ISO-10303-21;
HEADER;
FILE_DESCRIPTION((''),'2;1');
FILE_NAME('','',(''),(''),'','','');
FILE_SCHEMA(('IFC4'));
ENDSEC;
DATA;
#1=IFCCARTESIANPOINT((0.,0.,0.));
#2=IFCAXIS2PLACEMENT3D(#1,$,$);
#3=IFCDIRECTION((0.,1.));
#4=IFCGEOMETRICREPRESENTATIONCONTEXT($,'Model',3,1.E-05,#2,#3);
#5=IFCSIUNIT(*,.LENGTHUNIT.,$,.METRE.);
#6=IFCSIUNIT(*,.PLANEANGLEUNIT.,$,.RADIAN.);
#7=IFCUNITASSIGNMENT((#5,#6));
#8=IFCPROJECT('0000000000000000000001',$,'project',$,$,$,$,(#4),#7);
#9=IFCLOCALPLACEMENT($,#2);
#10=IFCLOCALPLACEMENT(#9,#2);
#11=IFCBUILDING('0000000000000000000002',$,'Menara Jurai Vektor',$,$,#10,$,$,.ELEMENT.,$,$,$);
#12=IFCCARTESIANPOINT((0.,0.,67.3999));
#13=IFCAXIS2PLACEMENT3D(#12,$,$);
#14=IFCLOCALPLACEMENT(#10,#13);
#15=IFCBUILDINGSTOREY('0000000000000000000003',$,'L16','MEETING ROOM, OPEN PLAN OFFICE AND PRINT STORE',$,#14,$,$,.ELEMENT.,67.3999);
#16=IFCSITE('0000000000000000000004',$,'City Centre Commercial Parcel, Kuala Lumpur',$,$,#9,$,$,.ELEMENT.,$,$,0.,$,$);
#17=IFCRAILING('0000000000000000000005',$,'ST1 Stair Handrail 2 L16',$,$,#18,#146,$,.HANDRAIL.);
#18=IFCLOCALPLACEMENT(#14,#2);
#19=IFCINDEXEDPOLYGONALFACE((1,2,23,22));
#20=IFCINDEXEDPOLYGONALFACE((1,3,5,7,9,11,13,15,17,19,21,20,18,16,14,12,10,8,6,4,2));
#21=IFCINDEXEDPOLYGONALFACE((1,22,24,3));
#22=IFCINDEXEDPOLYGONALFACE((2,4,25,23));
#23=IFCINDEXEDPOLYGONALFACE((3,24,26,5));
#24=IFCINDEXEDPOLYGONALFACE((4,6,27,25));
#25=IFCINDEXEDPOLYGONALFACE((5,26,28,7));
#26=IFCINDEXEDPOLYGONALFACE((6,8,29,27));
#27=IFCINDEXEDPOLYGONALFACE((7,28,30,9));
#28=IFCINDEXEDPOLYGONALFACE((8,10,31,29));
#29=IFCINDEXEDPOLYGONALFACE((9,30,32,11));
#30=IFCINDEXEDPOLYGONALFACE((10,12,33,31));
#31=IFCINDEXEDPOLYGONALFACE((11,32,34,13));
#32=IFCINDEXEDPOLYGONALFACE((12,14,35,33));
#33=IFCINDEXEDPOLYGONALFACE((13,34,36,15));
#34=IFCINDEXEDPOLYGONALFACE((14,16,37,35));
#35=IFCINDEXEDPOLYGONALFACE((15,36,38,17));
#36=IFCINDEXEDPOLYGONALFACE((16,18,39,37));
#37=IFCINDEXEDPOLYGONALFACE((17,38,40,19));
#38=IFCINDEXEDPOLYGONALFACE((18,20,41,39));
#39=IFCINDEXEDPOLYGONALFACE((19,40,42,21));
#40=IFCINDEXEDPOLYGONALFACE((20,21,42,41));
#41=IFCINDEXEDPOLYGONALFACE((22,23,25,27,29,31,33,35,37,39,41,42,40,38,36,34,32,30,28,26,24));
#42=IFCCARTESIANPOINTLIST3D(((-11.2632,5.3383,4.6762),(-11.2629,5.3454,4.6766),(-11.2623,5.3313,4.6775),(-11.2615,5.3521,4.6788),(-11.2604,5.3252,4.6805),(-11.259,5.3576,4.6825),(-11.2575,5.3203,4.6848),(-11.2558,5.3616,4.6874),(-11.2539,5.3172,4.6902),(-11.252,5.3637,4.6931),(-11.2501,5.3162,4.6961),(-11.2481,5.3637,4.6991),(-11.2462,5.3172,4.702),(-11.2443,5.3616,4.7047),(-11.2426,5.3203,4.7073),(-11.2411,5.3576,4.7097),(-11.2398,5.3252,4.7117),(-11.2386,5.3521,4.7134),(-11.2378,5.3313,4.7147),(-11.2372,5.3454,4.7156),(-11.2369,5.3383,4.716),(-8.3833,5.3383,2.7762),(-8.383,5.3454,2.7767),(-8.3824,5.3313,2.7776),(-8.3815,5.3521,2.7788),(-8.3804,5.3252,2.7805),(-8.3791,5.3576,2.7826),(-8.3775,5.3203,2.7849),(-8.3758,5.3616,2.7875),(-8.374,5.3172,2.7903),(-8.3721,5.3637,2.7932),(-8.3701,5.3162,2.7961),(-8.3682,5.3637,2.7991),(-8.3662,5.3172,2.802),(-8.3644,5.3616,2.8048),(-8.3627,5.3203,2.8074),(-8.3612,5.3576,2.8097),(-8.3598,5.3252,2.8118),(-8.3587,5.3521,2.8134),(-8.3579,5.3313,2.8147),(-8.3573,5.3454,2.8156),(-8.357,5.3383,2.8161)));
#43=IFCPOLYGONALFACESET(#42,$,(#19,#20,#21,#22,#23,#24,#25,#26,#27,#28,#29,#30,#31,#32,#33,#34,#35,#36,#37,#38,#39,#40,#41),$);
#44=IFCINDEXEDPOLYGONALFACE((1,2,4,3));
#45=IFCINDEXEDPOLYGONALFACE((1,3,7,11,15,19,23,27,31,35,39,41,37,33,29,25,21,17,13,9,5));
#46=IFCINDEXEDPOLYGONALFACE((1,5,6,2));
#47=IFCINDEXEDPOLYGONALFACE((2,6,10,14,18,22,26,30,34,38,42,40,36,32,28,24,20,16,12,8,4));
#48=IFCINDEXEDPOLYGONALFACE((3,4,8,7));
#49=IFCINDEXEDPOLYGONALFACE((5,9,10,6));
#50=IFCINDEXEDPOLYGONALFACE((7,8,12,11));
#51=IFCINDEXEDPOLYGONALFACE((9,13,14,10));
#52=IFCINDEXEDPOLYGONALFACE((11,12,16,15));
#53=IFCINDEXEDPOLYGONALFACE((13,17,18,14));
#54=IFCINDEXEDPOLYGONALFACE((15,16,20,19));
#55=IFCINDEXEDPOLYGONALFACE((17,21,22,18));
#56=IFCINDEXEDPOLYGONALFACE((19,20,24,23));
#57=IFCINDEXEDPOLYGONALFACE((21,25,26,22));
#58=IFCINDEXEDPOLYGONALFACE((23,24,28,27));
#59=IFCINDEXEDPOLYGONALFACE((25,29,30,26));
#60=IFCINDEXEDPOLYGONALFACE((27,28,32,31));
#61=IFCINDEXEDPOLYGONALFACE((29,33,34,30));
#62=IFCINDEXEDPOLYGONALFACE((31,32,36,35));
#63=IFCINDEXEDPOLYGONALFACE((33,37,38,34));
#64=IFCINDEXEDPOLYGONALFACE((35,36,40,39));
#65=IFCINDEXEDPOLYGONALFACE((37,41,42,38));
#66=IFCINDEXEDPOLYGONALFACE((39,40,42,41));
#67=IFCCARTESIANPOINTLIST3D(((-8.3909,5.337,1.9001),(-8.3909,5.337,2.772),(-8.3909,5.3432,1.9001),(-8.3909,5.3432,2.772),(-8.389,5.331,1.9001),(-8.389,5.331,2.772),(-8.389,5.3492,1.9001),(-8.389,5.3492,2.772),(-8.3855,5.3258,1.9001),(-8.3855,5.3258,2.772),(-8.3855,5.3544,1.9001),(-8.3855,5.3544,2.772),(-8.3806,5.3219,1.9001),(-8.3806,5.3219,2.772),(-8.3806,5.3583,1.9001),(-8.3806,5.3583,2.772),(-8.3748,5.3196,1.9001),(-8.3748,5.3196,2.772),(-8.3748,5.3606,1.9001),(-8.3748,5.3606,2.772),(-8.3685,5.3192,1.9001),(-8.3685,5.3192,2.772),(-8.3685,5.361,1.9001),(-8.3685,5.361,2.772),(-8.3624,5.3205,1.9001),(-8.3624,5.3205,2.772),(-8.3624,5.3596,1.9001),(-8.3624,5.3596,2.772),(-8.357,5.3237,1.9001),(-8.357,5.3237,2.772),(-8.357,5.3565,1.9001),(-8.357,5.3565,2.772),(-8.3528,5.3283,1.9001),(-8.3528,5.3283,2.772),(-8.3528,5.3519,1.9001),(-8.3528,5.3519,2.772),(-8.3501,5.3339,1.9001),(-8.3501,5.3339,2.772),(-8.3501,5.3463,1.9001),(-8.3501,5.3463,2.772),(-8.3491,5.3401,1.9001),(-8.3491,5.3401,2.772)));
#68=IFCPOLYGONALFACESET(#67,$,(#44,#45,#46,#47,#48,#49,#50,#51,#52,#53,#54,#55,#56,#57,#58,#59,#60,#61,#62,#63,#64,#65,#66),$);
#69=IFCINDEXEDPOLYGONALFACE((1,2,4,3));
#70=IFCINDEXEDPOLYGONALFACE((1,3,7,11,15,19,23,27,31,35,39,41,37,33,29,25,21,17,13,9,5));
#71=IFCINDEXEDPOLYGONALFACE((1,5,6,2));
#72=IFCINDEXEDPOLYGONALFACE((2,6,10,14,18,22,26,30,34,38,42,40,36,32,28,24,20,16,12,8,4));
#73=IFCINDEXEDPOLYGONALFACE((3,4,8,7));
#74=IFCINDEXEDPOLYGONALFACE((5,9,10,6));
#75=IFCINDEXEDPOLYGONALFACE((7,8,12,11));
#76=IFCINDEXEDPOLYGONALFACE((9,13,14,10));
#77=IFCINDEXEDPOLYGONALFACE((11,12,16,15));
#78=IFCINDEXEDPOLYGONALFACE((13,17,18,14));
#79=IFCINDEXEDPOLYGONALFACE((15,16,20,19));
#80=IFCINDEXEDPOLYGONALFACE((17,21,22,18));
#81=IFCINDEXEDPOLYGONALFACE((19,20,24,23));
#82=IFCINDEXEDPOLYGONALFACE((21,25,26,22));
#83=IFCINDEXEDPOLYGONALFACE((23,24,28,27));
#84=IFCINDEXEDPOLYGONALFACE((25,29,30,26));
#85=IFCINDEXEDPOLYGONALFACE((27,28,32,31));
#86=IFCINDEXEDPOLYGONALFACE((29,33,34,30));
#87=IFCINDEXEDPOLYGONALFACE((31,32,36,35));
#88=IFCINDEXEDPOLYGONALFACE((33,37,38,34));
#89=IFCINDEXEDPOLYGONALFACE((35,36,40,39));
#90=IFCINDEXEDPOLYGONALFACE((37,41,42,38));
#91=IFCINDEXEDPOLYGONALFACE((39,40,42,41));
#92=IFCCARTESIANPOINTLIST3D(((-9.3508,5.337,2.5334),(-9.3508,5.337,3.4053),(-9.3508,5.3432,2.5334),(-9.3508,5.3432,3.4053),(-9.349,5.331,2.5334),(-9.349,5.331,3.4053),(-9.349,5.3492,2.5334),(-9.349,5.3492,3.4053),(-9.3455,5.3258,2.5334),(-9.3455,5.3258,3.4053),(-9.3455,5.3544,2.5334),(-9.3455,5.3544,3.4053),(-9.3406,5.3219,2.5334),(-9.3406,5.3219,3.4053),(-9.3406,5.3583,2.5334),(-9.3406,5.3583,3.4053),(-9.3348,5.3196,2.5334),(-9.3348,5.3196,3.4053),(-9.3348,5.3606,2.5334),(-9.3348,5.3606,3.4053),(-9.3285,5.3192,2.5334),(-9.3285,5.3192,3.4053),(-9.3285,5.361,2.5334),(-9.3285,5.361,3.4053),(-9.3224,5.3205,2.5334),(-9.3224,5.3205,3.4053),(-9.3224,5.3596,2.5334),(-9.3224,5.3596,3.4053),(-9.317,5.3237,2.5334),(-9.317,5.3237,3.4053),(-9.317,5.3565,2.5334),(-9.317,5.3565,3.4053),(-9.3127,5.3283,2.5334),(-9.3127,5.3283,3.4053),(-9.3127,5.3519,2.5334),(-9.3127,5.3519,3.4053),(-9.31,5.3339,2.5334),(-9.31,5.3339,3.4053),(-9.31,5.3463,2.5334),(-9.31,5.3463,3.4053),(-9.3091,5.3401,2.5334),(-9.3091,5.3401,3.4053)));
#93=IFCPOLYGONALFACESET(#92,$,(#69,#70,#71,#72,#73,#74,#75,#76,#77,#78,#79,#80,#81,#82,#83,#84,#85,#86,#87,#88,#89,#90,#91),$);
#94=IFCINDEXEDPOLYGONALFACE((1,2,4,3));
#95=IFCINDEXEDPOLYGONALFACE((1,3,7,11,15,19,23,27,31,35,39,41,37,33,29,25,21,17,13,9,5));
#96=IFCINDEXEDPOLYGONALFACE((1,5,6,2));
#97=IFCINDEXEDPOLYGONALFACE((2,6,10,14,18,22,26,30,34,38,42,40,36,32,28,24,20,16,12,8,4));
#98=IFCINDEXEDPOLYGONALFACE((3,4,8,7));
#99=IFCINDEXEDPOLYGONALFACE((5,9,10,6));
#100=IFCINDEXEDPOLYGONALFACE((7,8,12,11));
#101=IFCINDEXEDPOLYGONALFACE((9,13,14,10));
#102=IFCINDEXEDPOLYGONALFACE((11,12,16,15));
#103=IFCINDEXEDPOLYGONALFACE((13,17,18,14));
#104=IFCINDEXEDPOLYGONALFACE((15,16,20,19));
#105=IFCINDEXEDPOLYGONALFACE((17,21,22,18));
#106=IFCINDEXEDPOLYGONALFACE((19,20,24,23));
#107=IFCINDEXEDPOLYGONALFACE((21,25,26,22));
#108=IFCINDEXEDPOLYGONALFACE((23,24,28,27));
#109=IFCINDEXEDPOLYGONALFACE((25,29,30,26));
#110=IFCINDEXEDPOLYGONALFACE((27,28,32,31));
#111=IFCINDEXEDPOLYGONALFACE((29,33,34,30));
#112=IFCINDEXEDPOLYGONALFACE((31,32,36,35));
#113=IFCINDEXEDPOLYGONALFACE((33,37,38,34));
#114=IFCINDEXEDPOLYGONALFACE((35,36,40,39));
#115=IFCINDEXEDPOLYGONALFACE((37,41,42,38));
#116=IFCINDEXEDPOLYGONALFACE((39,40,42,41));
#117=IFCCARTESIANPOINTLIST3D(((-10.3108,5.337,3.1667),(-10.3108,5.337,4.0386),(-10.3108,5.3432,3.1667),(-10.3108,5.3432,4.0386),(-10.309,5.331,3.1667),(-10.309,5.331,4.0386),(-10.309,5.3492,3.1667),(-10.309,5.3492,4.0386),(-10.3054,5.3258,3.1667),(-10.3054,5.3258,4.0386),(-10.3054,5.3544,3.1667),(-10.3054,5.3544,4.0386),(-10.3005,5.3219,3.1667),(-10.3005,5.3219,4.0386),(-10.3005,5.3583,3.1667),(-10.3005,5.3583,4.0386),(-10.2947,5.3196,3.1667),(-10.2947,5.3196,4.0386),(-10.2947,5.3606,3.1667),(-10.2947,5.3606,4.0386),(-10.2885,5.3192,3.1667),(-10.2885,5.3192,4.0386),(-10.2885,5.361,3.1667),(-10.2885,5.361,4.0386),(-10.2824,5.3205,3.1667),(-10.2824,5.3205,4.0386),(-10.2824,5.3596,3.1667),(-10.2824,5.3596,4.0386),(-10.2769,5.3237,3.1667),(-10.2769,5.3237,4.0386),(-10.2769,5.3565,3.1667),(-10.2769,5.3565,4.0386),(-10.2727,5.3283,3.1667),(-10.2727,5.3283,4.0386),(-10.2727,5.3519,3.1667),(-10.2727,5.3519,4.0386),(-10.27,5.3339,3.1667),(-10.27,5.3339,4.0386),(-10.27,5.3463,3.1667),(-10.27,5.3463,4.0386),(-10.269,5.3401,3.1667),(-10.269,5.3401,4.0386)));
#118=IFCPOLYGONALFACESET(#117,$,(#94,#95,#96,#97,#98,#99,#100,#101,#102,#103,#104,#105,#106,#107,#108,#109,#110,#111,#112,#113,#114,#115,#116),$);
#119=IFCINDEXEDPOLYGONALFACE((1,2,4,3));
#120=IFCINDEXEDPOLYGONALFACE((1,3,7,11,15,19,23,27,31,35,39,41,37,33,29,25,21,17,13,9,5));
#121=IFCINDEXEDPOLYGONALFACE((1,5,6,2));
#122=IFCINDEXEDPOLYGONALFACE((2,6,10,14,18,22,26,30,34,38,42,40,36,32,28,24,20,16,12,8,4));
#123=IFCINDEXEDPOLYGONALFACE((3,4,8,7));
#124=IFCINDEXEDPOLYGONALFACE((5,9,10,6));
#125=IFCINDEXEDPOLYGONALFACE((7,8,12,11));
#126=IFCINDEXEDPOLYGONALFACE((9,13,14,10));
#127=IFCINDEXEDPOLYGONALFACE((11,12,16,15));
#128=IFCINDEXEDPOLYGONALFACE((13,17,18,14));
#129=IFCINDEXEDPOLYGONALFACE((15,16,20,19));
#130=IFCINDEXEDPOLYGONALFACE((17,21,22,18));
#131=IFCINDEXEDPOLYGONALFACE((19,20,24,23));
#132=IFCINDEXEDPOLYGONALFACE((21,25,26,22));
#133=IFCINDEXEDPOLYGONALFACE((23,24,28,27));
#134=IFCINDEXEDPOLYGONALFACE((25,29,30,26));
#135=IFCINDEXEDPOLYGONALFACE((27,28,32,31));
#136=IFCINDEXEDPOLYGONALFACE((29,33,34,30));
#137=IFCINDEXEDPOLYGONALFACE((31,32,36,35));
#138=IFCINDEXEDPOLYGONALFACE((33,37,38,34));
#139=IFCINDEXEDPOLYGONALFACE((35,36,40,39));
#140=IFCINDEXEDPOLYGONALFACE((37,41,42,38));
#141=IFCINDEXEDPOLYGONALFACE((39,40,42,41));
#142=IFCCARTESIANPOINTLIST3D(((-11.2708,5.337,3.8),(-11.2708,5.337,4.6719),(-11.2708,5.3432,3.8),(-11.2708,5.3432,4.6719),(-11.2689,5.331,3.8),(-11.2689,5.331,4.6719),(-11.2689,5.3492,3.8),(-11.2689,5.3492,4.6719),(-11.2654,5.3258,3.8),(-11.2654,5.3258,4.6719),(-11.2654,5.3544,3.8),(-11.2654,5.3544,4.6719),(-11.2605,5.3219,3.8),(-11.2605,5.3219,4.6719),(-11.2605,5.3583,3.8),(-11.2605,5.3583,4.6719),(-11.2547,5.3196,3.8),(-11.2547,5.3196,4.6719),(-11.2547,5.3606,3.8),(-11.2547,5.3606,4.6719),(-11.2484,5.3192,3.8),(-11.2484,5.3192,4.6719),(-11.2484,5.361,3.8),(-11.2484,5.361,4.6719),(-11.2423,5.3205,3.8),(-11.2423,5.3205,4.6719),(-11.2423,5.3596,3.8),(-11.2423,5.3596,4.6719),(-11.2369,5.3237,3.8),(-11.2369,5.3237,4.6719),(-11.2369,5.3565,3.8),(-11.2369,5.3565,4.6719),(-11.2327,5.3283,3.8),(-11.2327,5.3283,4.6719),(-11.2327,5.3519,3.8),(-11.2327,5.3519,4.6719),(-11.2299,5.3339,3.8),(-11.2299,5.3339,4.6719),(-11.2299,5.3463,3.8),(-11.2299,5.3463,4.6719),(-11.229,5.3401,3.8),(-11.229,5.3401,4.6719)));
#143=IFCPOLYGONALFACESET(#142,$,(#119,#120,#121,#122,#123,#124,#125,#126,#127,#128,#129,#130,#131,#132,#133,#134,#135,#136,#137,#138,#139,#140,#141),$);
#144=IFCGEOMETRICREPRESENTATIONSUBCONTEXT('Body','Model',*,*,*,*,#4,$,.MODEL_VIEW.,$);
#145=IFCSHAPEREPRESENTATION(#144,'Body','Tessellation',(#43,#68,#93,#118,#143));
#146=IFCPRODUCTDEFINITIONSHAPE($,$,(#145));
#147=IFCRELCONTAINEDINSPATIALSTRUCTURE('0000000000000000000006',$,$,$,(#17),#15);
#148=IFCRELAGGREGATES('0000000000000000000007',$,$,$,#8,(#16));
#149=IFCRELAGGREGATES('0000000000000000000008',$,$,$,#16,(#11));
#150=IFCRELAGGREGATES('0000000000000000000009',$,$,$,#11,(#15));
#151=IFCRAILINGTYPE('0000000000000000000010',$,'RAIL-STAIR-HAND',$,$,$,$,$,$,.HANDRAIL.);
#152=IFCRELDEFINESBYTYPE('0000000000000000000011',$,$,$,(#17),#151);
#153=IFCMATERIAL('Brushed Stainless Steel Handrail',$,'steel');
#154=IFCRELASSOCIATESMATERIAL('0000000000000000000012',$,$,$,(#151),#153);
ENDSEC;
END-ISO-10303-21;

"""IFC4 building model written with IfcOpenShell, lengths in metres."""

from ifc_helpers import new_model, si_unit, direction, frame, origin, origin_2d, place, context, subcontext, project, spatial, circle, extrude, material, type_object, element, save


model = new_model("IFC4")

# Units and contexts
model_context = context("Model", 3, precision=1e-05, world=origin(), true_north=direction((0.0, 1.0)))
body_context = subcontext(model_context, "Body", "Model", "MODEL_VIEW")
ifc_project = project(units=[si_unit("LENGTHUNIT", "METRE"), si_unit("PLANEANGLEUNIT", "RADIAN")], contexts=[model_context])

# Site, building, storey
site_placement = place(None, origin())
site = spatial("IfcSite", under=ifc_project, at=site_placement, Name="City Centre Commercial Parcel, Kuala Lumpur", CompositionType="ELEMENT", RefElevation=0.0)
building_placement = place(site_placement, origin())
building = spatial("IfcBuilding", under=site, at=building_placement, Name="Menara Jurai Vektor", CompositionType="ELEMENT")
storey_placement = place(building_placement, frame((0.0, 0.0, 67.3999)))
storey = spatial("IfcBuildingStorey", under=building, at=storey_placement, Name="L16", Description="MEETING ROOM, OPEN PLAN OFFICE AND PRINT STORE", CompositionType="ELEMENT", Elevation=67.3999)

# Railing
ifc_material_1 = material(Name="Brushed Stainless Steel Handrail", Category="steel")
railing_type_1 = type_object("IfcRailingType", Name="RAIL-STAIR-HAND", PredefinedType="HANDRAIL", material=ifc_material_1)
railing_1_placement = place(storey_placement, frame((-8.3701, 5.3401, 1.9001)))
element("IfcRailing", 1, at=railing_1_placement, inside=storey, type_object=railing_type_1, Name="ST1 Stair Handrail 2 L16", PredefinedType="HANDRAIL", context=body_context, shape_type="SweptSolid", body=[
    extrude(circle(Radius=0.0239, at=origin_2d()), frame((0.0, 0.0, 0.896), z_axis=(-0.834719, 0.0, 0.550677), x_axis=(0.0, -1.0, 0.0)), (0.0, 0.0, 1.0), 3.4502),
    extrude(circle(Radius=0.021, at=origin_2d()), origin(), (0.0, 0.0, 1.0), 0.8718),
    extrude(circle(Radius=0.021, at=origin_2d()), frame((-0.96, 0.0, 0.6333)), (0.0, 0.0, 1.0), 0.8718),
    extrude(circle(Radius=0.021, at=origin_2d()), frame((-1.9199, 0.0, 1.2666)), (0.0, 0.0, 1.0), 0.8718),
    extrude(circle(Radius=0.021, at=origin_2d()), frame((-2.8799, 0.0, 1.8999)), (0.0, 0.0, 1.0), 0.8718),
])

save(model, "model.ifc")
